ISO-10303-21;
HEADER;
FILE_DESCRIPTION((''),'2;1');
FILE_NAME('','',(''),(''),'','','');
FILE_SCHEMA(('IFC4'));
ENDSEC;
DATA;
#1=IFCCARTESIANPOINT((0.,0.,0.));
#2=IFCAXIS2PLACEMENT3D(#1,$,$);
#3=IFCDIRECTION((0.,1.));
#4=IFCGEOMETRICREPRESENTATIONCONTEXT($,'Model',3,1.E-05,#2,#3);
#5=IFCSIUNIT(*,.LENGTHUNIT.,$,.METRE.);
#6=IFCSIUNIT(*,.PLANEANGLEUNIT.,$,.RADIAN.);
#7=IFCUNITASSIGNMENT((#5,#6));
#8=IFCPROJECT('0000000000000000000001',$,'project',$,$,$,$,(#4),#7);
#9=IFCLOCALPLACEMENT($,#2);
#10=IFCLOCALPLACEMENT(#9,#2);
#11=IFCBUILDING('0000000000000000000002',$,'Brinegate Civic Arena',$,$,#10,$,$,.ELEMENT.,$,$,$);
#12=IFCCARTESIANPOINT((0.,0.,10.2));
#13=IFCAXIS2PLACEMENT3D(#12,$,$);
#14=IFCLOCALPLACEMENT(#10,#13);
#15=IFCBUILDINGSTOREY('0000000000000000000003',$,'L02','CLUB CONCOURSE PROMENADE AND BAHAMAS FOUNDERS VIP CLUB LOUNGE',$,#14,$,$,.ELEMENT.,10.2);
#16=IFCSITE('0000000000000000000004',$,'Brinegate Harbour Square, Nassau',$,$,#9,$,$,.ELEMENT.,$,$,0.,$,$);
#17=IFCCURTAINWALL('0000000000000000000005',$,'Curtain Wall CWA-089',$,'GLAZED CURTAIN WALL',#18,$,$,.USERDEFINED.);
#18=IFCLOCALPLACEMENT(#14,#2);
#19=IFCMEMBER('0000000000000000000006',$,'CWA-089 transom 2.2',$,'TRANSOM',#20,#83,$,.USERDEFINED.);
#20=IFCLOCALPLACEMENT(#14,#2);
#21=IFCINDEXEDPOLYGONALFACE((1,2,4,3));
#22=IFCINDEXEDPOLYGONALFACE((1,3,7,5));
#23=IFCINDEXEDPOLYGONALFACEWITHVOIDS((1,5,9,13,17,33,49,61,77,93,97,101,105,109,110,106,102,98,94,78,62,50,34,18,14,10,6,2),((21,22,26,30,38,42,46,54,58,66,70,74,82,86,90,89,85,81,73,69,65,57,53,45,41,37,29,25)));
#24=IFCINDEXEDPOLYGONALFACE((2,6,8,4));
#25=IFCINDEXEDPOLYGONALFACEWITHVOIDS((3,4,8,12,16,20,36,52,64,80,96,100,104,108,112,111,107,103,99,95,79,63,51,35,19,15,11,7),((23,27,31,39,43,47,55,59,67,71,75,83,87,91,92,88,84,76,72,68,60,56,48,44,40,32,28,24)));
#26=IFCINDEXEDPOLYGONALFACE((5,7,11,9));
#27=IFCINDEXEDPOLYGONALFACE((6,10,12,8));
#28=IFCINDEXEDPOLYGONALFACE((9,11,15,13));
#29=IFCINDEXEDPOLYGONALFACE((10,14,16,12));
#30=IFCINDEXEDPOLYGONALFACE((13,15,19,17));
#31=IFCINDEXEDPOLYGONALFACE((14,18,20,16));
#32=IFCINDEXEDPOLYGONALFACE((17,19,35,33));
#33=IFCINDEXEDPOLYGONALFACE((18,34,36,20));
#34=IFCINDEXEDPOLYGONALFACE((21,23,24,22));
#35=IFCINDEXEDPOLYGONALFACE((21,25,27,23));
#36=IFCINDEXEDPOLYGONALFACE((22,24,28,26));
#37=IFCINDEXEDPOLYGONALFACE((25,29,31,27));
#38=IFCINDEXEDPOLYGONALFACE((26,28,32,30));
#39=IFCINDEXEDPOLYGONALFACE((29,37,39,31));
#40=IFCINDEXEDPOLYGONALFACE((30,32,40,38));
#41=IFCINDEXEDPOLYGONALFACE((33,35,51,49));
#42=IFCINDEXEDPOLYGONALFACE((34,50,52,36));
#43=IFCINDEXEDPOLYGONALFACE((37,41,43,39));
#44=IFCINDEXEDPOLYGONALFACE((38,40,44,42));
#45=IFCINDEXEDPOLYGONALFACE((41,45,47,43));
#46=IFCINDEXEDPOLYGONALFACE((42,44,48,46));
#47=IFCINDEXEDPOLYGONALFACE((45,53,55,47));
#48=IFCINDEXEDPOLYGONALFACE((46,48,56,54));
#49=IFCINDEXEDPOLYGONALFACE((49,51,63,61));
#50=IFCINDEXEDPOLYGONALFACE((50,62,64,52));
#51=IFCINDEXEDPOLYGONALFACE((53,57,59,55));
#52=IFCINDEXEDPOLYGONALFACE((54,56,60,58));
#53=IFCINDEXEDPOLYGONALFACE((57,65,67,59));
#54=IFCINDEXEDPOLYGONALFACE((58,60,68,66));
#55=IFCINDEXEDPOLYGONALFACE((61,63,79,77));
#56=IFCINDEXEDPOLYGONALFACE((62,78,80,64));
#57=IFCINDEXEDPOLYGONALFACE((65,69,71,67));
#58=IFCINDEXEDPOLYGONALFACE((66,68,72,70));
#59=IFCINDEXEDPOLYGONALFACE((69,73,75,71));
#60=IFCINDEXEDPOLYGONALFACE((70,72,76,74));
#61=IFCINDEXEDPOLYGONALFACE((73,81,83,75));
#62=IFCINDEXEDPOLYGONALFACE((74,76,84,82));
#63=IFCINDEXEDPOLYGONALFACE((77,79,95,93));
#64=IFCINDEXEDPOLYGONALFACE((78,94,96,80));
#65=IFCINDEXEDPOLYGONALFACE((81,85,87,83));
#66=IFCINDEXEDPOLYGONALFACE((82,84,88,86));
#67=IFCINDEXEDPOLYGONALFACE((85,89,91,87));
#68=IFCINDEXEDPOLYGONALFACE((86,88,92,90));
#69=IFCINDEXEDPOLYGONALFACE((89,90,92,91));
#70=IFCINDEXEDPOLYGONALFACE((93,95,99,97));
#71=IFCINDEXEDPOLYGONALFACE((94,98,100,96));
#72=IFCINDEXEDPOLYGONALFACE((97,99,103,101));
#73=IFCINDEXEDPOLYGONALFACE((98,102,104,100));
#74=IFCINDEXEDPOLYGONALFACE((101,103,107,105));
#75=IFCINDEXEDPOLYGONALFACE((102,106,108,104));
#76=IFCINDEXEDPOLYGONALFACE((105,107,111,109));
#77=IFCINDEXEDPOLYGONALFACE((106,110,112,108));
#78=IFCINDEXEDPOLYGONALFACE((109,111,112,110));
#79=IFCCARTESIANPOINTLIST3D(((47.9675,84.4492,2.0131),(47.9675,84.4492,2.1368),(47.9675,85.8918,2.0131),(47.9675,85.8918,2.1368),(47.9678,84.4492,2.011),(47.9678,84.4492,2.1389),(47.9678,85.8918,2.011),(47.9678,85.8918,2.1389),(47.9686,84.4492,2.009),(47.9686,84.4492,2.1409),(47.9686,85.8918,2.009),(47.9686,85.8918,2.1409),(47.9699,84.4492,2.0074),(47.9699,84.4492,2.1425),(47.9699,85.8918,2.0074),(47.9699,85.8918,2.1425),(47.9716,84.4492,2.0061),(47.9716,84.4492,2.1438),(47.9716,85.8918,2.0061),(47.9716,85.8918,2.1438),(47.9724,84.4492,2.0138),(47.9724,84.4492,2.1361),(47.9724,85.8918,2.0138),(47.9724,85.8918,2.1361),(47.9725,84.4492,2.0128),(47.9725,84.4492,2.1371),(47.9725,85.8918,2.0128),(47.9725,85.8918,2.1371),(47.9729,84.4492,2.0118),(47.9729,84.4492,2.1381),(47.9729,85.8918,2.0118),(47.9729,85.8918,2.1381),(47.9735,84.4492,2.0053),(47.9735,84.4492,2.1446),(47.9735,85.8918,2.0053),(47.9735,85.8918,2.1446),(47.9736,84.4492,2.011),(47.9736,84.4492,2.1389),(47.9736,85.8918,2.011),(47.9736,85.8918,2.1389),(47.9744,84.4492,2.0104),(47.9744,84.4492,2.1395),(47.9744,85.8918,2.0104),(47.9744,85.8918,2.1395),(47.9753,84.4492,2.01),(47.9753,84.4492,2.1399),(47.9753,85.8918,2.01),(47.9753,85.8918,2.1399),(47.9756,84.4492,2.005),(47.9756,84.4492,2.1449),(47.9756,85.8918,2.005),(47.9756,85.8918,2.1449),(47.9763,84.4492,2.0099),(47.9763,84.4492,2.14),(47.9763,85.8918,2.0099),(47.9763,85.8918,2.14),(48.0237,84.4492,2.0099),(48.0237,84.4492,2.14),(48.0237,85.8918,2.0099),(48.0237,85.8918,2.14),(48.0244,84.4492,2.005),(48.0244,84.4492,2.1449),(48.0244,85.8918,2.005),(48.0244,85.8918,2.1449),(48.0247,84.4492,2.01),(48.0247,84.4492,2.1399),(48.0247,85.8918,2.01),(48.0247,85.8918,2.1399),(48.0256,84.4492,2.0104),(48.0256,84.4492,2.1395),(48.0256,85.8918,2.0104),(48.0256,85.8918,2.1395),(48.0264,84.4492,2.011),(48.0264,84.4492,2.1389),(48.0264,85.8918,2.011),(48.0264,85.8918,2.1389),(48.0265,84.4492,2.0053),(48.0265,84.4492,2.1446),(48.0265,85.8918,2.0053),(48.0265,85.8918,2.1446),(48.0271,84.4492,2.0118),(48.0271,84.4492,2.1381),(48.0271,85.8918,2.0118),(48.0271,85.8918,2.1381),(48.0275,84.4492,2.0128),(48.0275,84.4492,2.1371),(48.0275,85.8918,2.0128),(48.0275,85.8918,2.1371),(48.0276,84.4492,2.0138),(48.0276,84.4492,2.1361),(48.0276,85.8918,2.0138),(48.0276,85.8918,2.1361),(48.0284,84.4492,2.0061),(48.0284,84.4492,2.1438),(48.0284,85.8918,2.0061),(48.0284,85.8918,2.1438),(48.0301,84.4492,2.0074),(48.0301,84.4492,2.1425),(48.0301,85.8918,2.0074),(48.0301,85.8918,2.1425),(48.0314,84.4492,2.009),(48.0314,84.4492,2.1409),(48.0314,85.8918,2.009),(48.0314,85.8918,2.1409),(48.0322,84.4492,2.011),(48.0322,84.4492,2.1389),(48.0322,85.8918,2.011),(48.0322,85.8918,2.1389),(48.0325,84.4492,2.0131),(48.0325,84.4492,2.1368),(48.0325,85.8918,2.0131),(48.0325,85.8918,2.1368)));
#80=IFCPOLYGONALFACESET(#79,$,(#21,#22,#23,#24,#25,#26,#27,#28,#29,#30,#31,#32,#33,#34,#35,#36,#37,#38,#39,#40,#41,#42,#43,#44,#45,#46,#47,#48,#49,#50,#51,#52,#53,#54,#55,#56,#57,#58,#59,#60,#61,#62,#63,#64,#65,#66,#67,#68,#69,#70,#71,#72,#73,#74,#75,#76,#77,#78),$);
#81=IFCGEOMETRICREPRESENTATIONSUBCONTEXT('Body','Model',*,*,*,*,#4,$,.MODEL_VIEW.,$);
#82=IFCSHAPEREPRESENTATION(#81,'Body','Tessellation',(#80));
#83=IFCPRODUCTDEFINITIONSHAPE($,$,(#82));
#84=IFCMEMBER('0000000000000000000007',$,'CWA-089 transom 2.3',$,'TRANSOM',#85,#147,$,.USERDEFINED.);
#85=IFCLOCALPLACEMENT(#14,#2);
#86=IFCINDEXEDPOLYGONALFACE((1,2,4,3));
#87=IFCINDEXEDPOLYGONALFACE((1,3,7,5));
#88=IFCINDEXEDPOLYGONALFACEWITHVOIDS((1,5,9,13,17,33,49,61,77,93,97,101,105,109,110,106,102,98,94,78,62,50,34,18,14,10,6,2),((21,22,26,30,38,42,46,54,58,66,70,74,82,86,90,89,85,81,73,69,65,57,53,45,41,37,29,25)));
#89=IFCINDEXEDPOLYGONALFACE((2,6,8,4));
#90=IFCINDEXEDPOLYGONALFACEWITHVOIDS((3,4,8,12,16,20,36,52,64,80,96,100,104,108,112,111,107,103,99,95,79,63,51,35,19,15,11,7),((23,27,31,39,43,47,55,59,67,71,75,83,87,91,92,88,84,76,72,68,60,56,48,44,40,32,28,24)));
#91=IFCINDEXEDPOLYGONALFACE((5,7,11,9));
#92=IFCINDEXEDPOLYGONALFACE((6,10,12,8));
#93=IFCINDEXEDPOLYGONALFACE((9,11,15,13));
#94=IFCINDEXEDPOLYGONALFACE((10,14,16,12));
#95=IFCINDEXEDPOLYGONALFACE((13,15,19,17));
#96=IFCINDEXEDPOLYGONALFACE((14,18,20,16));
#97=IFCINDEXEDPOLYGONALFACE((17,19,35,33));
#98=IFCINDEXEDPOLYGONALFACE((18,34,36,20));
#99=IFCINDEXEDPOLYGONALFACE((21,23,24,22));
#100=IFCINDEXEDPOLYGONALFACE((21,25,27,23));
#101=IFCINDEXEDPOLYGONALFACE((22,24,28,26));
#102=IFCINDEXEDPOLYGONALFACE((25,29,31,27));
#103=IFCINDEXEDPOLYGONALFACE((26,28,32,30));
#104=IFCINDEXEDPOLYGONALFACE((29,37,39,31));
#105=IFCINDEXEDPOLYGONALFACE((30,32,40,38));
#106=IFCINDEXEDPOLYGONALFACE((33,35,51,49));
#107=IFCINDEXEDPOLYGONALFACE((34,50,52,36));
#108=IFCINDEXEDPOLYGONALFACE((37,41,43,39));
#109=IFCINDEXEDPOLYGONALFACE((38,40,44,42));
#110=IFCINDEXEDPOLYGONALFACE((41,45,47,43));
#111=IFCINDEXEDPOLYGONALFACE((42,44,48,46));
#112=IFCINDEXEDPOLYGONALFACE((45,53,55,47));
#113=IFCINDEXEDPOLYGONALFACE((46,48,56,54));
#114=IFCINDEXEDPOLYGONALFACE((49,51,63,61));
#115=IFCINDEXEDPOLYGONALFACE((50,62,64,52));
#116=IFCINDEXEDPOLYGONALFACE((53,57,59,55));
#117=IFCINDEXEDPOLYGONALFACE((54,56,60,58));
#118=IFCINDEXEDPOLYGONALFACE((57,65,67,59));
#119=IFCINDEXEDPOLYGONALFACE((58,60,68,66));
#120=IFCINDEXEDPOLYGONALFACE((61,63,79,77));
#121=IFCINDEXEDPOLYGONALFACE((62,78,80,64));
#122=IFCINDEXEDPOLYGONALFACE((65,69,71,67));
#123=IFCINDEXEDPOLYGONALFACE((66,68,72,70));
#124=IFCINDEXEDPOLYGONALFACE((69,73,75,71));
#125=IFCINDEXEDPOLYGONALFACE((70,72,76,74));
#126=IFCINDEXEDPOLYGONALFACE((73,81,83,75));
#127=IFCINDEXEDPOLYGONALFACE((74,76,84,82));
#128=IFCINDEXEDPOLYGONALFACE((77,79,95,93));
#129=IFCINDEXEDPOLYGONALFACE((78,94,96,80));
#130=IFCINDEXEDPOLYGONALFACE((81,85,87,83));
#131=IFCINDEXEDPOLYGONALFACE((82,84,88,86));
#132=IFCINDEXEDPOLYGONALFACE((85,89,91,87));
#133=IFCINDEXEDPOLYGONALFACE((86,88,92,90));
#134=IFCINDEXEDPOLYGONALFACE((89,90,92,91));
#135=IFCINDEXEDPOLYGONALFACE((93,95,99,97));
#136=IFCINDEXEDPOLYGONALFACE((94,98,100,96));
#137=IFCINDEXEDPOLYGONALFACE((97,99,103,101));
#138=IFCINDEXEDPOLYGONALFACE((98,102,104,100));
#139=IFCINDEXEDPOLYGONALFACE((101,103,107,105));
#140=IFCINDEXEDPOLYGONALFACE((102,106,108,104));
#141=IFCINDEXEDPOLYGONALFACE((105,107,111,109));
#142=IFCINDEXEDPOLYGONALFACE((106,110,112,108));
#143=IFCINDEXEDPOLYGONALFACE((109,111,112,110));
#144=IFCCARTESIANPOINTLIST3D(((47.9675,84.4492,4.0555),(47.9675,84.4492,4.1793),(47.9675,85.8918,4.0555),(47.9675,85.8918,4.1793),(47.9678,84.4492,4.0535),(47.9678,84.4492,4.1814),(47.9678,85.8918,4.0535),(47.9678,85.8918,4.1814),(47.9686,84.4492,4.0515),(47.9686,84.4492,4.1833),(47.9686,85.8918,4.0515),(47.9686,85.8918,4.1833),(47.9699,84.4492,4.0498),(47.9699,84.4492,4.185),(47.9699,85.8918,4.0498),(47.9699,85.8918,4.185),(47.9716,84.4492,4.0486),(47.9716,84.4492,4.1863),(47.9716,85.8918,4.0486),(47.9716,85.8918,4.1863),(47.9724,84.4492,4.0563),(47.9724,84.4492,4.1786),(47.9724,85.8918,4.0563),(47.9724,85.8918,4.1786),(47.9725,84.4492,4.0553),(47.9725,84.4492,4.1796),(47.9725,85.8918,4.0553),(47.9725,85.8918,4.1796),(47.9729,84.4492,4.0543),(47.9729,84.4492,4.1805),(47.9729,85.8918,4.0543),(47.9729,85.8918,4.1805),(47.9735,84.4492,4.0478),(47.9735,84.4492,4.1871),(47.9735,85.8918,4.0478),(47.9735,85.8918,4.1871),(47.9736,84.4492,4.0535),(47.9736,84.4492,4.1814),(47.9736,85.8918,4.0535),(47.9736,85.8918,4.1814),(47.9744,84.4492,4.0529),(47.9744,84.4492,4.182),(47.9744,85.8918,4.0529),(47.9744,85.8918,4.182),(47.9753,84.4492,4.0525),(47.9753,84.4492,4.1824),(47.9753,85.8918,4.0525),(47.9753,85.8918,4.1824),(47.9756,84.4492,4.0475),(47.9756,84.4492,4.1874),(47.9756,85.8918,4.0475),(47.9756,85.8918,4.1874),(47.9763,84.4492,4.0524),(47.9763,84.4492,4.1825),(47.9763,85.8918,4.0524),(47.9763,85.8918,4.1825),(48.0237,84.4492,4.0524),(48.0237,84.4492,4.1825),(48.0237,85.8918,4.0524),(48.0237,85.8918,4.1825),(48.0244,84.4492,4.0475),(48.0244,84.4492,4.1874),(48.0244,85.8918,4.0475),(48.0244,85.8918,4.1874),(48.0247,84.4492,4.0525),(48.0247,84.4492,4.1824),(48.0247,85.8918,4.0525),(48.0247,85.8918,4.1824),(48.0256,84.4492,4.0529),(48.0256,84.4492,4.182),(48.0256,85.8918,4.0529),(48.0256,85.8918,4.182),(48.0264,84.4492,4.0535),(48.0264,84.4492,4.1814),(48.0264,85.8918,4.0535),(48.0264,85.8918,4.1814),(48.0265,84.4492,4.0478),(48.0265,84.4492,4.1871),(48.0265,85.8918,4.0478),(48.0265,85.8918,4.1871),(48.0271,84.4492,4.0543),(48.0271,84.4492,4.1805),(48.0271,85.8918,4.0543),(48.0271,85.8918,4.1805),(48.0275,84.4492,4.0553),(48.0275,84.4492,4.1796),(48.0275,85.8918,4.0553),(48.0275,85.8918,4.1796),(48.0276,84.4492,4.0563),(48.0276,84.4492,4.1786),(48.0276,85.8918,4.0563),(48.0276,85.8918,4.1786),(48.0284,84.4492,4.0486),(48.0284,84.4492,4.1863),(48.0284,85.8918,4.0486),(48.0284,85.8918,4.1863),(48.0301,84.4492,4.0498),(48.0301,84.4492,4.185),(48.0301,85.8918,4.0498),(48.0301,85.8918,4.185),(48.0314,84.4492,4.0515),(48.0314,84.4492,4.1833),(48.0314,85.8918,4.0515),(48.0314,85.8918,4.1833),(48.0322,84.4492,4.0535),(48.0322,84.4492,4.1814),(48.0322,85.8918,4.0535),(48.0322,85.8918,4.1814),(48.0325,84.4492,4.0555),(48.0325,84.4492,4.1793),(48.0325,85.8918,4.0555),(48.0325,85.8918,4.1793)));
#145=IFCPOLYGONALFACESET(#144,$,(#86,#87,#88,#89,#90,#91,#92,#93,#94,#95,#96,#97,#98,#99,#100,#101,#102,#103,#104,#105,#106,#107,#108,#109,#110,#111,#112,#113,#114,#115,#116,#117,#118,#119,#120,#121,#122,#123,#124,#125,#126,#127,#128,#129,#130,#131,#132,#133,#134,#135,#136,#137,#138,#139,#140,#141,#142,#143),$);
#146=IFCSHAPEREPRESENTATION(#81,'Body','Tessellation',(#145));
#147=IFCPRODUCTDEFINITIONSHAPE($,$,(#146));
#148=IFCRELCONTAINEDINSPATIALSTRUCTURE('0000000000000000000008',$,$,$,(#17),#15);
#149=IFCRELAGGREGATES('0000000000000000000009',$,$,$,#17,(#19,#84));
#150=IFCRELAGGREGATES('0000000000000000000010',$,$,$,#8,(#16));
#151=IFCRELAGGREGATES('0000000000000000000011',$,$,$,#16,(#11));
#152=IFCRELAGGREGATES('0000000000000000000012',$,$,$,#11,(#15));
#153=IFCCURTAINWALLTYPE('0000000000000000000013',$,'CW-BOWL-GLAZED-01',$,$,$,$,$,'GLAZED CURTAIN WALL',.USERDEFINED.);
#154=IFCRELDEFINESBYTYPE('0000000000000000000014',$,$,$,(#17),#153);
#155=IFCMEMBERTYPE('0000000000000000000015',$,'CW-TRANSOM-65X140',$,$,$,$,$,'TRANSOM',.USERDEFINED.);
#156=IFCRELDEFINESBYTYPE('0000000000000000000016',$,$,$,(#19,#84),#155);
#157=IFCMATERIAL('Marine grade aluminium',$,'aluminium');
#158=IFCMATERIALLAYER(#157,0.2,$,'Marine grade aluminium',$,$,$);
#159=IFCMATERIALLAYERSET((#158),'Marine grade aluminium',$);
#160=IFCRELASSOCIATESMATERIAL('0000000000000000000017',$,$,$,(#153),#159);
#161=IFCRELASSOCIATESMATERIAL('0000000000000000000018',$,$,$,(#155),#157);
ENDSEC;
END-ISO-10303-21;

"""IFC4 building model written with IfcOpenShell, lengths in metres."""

from ifc_helpers import new_model, si_unit, direction, frame, origin, origin_2d, place, context, subcontext, project, spatial, hollow_rectangle, extrude, material, layer, layer_set, material_profile, profile_set, type_object, element, aggregate, save


model = new_model("IFC4")

# Units and contexts
model_context = context("Model", 3, precision=1e-05, world=origin(), true_north=direction((0.0, 1.0)))
body_context = subcontext(model_context, "Body", "Model", "MODEL_VIEW")
ifc_project = project(units=[si_unit("LENGTHUNIT", "METRE"), si_unit("PLANEANGLEUNIT", "RADIAN")], contexts=[model_context])

# Site, building, storey
site_placement = place(None, origin())
site = spatial("IfcSite", under=ifc_project, at=site_placement, Name="Brinegate Harbour Square, Nassau", CompositionType="ELEMENT", RefElevation=0.0)
building_placement = place(site_placement, origin())
building = spatial("IfcBuilding", under=site, at=building_placement, Name="Brinegate Civic Arena", CompositionType="ELEMENT")
storey_placement = place(building_placement, frame((0.0, 0.0, 10.2)))
storey = spatial("IfcBuildingStorey", under=building, at=storey_placement, Name="L02", Description="CLUB CONCOURSE PROMENADE AND BAHAMAS FOUNDERS VIP CLUB LOUNGE", CompositionType="ELEMENT", Elevation=10.2)

# Curtain wall, members
ifc_material_1 = material(Name="Marine grade aluminium", Category="aluminium")
ifc_layer_1 = layer(ifc_material_1, 0.2, Name="Marine grade aluminium")
ifc_layer_set_1 = layer_set([ifc_layer_1], Name="Marine grade aluminium")
curtain_wall_type_1 = type_object("IfcCurtainWallType", Name="CW-BOWL-GLAZED-01", ElementType="GLAZED CURTAIN WALL", PredefinedType="USERDEFINED", material=ifc_layer_set_1)
curtain_wall_1_placement = place(storey_placement, origin())
curtain_wall_1 = element("IfcCurtainWall", 1, at=curtain_wall_1_placement, inside=storey, type_object=curtain_wall_type_1, Name="Curtain Wall CWA-089", ObjectType="GLAZED CURTAIN WALL", PredefinedType="USERDEFINED")
ifc_material_profile_1 = material_profile(ifc_material_1, hollow_rectangle(XDim=0.0649, YDim=0.1399, WallThickness=0.0049, InnerFilletRadius=0.0039, OuterFilletRadius=0.0081, at=origin_2d()), Name="TRN65X140")
ifc_profile_set_1 = profile_set([ifc_material_profile_1], Name="Marine grade aluminium")
member_type_1 = type_object("IfcMemberType", Name="CW-TRANSOM-65X140", ElementType="TRANSOM", PredefinedType="USERDEFINED", material=ifc_profile_set_1)
member_1_placement = place(storey_placement, frame((48.0, 84.4492, 2.075), z_axis=(0.0, 1.0, 0.0), x_axis=(-1.0, 0.0, 0.0)))
member_1 = element("IfcMember", 2, at=member_1_placement, type_object=member_type_1, Name="CWA-089 transom 2.2", ObjectType="TRANSOM", PredefinedType="USERDEFINED", context=body_context, shape_type="SweptSolid", body=[
    extrude(hollow_rectangle(XDim=0.0649, YDim=0.1399, WallThickness=0.0049, InnerFilletRadius=0.0039, OuterFilletRadius=0.0081, at=origin_2d()), origin(), (0.0, 0.0, 1.0), 1.4426),
])
member_2_placement = place(storey_placement, frame((48.0, 84.4492, 4.1174), z_axis=(0.0, 1.0, 0.0), x_axis=(-1.0, 0.0, 0.0)))
member_2 = element("IfcMember", 3, at=member_2_placement, type_object=member_type_1, Name="CWA-089 transom 2.3", ObjectType="TRANSOM", PredefinedType="USERDEFINED", context=body_context, shape_type="SweptSolid", body=[
    extrude(hollow_rectangle(XDim=0.0649, YDim=0.1399, WallThickness=0.0049, InnerFilletRadius=0.0039, OuterFilletRadius=0.0081, at=origin_2d()), origin(), (0.0, 0.0, 1.0), 1.4426),
])

aggregate(curtain_wall_1, [member_1, member_2])

save(model, "model.ifc")
